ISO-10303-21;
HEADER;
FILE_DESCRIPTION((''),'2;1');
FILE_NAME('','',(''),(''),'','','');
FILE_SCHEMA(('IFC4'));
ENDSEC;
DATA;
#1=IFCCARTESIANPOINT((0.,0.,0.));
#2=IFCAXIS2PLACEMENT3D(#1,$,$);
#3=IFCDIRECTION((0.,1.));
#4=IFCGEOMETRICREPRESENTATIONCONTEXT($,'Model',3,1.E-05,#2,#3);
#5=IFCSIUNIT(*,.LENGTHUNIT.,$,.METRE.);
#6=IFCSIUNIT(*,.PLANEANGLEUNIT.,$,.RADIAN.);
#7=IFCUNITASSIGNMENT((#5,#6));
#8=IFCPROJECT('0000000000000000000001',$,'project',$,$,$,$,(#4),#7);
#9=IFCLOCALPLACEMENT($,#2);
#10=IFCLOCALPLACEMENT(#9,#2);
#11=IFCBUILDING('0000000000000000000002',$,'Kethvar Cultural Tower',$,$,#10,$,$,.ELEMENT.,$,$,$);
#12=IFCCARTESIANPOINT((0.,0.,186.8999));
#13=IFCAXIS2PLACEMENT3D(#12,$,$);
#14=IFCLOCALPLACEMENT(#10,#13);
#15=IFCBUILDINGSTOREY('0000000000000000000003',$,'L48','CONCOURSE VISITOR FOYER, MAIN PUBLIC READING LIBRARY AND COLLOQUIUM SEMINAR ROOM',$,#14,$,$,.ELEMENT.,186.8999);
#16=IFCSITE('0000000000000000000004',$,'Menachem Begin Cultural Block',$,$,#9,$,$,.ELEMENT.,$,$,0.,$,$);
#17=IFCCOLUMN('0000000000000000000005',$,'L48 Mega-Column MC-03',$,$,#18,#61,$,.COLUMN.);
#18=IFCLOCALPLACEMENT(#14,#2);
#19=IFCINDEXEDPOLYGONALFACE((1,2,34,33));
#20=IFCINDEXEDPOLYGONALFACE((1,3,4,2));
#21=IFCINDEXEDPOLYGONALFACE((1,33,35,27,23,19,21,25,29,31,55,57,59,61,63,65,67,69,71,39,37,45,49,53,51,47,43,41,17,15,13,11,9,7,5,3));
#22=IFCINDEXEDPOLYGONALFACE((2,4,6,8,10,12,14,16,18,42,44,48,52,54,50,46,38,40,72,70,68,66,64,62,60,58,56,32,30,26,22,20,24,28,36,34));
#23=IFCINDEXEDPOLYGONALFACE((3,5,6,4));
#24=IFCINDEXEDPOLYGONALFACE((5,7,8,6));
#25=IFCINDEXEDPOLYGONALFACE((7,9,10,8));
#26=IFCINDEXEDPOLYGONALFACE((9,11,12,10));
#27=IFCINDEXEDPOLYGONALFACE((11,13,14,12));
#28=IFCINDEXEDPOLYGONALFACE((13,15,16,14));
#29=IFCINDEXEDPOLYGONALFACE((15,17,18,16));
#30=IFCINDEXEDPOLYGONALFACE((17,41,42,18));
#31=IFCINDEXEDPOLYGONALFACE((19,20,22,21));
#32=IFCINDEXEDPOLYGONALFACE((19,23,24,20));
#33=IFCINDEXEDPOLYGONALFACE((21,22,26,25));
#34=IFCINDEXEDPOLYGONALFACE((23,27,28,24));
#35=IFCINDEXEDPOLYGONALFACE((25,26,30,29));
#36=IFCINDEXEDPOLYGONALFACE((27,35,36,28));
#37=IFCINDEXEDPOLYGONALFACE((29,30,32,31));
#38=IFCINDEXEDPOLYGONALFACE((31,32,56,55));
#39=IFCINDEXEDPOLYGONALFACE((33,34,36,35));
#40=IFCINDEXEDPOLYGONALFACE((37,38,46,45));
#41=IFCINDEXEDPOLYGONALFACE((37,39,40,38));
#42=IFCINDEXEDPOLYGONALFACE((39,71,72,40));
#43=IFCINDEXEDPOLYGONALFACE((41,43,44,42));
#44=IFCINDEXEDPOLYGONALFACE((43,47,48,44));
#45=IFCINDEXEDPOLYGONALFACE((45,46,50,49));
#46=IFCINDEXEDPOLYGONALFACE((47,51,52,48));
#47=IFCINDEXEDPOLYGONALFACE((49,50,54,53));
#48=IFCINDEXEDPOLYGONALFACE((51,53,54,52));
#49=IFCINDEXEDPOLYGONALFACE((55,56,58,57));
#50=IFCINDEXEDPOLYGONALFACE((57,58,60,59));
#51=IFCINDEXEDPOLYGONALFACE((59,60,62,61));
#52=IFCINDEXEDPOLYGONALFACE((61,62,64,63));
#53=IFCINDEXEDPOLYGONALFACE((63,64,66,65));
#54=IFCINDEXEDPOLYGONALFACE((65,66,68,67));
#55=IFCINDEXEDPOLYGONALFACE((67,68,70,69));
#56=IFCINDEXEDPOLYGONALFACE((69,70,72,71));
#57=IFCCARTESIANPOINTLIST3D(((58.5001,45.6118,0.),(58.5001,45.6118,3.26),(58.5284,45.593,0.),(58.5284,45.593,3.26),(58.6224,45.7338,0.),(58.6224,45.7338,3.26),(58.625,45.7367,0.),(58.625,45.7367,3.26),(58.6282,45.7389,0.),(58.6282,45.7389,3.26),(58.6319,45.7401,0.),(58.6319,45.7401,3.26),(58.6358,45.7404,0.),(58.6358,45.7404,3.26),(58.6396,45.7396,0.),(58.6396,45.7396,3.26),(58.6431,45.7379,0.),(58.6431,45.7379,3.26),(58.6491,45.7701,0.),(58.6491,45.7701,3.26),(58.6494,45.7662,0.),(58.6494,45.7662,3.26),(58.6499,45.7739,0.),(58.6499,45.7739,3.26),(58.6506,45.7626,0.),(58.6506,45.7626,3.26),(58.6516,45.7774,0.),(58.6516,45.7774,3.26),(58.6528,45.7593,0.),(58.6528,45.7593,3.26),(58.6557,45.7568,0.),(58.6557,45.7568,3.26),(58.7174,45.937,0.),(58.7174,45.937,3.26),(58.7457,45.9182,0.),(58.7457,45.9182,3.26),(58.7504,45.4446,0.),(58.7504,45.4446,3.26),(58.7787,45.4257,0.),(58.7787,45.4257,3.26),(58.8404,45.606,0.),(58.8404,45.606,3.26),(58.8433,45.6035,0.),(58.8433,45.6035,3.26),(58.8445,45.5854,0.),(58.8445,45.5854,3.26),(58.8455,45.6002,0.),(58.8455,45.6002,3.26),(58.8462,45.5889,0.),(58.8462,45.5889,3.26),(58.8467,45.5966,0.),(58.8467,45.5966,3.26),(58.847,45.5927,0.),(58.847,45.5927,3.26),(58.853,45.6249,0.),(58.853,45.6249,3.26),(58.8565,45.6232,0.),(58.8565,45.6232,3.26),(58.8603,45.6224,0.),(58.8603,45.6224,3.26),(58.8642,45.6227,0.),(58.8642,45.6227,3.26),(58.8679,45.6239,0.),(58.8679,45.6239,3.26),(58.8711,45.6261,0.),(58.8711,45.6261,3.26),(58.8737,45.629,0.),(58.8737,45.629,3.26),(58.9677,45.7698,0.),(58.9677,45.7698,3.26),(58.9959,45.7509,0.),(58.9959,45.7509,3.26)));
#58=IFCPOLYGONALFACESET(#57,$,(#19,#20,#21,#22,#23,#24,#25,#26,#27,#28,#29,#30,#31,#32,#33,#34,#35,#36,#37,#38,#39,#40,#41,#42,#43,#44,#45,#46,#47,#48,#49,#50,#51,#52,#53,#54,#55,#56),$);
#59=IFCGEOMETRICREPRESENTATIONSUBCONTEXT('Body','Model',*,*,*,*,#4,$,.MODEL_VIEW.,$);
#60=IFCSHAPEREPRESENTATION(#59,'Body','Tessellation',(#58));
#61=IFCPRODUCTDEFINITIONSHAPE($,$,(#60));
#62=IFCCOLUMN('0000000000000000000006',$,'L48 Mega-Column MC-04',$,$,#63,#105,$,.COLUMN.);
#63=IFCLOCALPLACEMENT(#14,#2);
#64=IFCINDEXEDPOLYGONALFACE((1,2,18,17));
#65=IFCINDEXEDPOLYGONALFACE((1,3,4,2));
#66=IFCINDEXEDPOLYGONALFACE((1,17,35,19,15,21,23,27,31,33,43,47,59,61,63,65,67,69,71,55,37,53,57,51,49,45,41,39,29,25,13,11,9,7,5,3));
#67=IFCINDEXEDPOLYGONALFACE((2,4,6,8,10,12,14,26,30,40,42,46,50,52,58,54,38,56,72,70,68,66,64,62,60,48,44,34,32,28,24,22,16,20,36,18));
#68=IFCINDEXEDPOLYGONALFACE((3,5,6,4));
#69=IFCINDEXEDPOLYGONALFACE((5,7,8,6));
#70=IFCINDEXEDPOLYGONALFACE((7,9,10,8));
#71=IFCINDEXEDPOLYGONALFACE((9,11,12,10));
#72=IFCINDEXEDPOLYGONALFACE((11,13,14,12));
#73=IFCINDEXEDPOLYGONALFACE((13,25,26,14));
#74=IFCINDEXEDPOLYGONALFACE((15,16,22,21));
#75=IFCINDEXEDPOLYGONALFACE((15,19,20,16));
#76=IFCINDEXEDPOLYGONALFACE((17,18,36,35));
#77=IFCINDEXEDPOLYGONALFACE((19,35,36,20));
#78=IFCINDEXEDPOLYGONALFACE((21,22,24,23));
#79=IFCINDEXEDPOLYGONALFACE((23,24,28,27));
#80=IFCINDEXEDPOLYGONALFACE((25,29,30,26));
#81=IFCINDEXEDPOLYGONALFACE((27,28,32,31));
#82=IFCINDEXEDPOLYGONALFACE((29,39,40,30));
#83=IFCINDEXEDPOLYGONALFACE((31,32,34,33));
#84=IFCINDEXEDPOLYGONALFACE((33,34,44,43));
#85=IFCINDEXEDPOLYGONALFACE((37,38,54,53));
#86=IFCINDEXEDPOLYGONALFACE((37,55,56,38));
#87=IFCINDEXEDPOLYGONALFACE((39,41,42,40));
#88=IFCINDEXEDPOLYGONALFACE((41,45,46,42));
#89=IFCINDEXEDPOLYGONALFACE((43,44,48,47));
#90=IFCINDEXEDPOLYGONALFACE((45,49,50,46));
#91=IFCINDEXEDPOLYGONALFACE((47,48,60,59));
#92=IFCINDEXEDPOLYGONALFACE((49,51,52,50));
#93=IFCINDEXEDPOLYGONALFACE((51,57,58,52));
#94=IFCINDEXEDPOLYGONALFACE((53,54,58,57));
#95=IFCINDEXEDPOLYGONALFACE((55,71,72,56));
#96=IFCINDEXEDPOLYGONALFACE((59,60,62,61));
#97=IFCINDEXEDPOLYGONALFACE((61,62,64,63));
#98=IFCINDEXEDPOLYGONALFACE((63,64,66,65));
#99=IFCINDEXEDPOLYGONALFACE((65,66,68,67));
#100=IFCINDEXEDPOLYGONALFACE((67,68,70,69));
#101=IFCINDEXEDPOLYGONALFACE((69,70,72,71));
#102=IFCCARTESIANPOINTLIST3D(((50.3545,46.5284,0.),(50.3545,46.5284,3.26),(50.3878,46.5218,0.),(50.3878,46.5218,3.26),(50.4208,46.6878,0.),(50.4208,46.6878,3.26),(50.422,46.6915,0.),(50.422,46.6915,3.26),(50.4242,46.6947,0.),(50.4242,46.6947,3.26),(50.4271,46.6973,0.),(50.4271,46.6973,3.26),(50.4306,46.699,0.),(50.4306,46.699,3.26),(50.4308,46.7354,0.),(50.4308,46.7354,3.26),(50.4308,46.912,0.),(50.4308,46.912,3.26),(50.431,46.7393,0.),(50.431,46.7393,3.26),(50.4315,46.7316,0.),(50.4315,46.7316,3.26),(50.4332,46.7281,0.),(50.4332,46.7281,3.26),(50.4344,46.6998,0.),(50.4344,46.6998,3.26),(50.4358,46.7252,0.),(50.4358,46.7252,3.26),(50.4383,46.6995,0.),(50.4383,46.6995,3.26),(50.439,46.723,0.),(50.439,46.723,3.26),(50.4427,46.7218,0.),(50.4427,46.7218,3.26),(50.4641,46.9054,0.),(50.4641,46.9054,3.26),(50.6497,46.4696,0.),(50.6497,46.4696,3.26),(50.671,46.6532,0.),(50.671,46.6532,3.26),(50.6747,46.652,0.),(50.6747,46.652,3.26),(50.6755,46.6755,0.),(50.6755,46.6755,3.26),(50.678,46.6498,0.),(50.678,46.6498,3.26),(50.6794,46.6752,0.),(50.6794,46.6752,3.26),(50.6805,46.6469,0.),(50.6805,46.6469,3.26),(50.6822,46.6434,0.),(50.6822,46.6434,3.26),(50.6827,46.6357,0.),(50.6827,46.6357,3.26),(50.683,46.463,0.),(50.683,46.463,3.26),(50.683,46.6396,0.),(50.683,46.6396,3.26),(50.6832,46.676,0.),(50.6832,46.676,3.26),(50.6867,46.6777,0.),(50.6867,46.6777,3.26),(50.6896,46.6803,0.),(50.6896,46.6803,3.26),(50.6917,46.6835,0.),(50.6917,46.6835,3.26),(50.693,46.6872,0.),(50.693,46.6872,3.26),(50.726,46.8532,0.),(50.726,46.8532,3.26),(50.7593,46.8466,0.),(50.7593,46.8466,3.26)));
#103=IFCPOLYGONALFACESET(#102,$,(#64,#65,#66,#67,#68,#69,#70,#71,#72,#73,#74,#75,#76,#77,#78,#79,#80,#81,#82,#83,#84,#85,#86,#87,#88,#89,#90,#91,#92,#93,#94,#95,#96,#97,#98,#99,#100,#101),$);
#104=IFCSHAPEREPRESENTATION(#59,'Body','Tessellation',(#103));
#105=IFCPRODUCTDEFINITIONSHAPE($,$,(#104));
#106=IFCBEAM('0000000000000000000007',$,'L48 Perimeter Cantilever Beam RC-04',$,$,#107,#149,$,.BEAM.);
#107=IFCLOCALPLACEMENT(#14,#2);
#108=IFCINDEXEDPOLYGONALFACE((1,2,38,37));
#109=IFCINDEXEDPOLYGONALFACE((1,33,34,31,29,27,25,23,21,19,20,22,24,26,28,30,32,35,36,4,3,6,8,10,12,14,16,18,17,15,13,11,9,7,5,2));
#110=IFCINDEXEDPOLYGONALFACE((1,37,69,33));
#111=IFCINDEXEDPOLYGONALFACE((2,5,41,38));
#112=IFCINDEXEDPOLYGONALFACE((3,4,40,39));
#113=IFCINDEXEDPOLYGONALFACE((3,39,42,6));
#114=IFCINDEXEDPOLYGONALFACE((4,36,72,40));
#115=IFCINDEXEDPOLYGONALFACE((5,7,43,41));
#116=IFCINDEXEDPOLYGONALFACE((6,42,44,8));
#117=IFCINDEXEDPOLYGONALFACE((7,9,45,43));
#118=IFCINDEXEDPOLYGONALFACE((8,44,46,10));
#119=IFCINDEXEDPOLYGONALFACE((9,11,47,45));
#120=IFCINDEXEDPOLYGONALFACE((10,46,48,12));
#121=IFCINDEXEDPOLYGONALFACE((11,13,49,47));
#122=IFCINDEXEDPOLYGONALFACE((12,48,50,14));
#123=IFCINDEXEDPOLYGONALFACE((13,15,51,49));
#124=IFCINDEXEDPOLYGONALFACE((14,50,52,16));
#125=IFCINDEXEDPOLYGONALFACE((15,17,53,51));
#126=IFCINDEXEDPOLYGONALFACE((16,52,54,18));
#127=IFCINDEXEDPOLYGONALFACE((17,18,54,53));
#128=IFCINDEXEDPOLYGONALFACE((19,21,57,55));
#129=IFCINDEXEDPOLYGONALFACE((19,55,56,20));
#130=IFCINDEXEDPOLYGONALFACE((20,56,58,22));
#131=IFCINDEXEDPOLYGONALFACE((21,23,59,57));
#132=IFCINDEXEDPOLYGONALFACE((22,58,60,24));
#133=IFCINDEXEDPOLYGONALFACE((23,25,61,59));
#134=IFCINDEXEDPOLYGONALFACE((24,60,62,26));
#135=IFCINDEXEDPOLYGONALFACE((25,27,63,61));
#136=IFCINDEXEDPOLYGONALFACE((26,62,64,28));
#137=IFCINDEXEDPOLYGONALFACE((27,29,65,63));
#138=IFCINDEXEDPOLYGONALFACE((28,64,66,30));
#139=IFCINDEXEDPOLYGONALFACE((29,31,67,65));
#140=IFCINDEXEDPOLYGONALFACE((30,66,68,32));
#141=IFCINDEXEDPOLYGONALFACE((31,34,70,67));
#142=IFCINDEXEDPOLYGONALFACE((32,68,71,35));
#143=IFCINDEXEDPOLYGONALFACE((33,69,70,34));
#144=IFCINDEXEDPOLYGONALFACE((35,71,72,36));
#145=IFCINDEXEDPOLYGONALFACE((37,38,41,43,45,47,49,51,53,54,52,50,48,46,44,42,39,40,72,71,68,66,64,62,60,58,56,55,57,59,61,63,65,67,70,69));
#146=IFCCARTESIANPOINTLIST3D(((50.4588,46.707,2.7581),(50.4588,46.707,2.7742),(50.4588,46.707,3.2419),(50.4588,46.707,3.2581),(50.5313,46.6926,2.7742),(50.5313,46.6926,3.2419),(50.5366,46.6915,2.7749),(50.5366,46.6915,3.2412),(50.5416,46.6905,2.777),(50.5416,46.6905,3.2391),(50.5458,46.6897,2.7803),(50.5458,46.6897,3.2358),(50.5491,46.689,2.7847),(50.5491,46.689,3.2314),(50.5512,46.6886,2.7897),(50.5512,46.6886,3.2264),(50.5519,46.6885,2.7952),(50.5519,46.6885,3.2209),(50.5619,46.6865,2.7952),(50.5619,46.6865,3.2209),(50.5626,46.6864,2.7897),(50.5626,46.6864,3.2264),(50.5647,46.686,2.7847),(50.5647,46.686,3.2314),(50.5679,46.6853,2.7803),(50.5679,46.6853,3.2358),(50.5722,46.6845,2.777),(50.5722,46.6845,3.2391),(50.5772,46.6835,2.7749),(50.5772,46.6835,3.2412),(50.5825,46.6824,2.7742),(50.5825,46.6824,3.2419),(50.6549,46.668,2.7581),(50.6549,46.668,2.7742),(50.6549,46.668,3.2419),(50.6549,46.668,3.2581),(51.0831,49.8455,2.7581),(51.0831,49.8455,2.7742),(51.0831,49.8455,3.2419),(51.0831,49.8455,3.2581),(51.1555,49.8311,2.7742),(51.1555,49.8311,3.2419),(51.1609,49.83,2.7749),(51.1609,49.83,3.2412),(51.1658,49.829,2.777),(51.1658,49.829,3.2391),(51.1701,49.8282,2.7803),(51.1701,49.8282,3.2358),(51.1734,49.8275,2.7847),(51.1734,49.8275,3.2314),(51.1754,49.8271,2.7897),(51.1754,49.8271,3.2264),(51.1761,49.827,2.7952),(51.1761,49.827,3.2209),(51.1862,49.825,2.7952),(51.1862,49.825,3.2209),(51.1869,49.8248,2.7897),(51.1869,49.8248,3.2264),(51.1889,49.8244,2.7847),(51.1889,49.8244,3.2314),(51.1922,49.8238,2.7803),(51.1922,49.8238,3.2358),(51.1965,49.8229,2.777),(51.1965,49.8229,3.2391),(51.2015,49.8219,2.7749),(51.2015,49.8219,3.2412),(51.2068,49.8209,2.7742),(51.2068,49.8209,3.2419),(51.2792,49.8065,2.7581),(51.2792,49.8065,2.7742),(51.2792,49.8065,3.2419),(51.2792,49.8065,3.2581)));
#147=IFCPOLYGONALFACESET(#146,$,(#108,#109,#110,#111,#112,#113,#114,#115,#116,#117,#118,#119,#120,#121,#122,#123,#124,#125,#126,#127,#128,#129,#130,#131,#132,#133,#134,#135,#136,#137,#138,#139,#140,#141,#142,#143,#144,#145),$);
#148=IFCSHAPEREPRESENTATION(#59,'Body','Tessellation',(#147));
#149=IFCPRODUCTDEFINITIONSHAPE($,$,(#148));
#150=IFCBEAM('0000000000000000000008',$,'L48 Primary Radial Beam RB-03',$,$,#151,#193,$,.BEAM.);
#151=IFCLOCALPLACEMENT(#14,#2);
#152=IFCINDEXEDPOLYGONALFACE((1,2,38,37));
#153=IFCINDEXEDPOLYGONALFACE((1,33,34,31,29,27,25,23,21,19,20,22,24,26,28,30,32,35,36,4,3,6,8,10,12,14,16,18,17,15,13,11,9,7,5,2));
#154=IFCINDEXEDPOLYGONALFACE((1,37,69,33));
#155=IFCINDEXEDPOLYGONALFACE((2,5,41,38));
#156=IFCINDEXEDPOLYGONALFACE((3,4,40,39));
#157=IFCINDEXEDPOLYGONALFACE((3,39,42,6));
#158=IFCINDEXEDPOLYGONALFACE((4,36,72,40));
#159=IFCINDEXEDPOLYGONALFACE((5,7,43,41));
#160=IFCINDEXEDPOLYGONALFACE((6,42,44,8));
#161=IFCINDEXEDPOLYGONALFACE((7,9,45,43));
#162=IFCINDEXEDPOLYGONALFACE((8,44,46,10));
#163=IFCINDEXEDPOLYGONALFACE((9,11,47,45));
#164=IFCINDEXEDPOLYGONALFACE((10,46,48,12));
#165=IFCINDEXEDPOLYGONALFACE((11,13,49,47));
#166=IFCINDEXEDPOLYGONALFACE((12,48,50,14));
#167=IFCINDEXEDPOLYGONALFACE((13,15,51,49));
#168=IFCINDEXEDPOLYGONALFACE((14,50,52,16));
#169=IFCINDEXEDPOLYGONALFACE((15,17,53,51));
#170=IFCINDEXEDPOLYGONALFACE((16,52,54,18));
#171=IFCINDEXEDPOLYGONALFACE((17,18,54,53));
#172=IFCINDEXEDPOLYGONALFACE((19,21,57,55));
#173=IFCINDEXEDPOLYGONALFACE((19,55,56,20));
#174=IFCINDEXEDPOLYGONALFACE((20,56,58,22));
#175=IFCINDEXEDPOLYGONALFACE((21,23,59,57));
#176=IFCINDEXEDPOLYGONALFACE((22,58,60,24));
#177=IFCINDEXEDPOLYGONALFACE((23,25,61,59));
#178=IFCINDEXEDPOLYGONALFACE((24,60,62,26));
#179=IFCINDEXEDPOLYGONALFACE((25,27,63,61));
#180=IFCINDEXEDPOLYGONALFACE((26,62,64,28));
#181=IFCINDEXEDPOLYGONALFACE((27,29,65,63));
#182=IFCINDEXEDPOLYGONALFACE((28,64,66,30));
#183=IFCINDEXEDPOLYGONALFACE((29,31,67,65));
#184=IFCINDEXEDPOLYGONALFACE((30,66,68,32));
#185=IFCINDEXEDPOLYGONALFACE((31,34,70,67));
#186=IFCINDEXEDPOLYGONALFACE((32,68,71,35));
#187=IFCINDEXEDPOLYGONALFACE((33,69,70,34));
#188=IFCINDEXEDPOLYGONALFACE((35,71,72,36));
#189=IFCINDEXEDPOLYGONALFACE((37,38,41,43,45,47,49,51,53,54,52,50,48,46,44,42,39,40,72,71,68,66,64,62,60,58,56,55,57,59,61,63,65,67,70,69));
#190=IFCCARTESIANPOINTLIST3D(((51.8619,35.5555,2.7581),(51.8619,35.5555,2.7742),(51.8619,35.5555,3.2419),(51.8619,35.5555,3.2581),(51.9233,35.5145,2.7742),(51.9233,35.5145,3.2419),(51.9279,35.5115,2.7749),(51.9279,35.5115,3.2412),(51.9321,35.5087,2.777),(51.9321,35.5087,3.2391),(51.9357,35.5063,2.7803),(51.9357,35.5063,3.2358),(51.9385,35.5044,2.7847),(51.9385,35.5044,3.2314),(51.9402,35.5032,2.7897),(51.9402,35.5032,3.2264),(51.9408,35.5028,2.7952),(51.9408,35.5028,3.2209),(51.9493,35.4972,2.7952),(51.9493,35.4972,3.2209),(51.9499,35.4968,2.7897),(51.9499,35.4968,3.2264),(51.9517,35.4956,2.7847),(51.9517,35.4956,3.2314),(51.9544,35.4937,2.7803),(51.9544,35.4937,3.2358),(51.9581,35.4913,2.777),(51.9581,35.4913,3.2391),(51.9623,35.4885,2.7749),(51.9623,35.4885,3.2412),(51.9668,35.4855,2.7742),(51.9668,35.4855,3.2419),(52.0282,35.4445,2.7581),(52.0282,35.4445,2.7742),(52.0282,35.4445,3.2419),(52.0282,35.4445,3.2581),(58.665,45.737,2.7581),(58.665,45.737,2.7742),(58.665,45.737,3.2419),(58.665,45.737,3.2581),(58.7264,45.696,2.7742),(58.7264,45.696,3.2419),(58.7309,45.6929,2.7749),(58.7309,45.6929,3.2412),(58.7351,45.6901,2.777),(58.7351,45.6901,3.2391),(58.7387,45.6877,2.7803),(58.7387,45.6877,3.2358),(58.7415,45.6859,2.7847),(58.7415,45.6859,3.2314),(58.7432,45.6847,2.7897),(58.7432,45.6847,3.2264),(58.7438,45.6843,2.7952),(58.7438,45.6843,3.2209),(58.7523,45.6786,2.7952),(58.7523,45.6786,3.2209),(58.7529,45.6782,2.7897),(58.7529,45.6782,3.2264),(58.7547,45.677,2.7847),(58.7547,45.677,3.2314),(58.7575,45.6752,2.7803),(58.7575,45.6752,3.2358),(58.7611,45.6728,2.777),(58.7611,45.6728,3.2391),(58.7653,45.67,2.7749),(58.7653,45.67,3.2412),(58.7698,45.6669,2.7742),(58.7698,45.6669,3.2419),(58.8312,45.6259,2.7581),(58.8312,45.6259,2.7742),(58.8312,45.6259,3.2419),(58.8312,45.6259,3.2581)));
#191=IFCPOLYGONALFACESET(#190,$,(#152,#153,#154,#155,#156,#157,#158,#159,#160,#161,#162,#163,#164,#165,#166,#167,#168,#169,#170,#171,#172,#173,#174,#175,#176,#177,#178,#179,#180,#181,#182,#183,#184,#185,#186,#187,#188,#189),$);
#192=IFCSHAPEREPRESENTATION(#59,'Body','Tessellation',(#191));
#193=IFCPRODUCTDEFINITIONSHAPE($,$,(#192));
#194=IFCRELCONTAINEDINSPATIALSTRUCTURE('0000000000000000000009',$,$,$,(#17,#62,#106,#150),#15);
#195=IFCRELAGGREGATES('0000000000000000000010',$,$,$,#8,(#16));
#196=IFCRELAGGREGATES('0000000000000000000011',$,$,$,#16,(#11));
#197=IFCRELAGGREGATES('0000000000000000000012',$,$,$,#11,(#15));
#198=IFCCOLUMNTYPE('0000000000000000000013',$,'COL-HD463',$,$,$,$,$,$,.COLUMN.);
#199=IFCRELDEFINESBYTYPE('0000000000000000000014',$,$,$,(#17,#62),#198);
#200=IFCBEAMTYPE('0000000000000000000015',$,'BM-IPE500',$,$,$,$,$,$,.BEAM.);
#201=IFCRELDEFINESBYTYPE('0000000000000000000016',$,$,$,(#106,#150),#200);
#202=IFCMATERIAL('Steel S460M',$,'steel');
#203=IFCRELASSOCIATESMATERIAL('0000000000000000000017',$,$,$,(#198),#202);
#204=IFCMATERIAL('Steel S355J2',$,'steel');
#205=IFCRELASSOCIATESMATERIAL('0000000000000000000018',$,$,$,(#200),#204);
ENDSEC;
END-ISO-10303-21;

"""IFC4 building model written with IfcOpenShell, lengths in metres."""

from ifc_helpers import new_model, si_unit, direction, frame, origin, origin_2d, place, context, subcontext, project, spatial, i_section, extrude, source, transform, mapped, material, material_profile, profile_set, type_object, element, save


model = new_model("IFC4")

# Units and contexts
model_context = context("Model", 3, precision=1e-05, world=origin(), true_north=direction((0.0, 1.0)))
body_context = subcontext(model_context, "Body", "Model", "MODEL_VIEW")
ifc_project = project(units=[si_unit("LENGTHUNIT", "METRE"), si_unit("PLANEANGLEUNIT", "RADIAN")], contexts=[model_context])

# Site, building, storey
site_placement = place(None, origin())
site = spatial("IfcSite", under=ifc_project, at=site_placement, Name="Menachem Begin Cultural Block", CompositionType="ELEMENT", RefElevation=0.0)
building_placement = place(site_placement, origin())
building = spatial("IfcBuilding", under=site, at=building_placement, Name="Kethvar Cultural Tower", CompositionType="ELEMENT")
storey_placement = place(building_placement, frame((0.0, 0.0, 186.8999)))
storey = spatial("IfcBuildingStorey", under=building, at=storey_placement, Name="L48", Description="CONCOURSE VISITOR FOYER, MAIN PUBLIC READING LIBRARY AND COLLOQUIUM SEMINAR ROOM", CompositionType="ELEMENT", Elevation=186.8999)

# Columns
ifc_material_1 = material(Name="Steel S460M", Category="steel")
ifc_material_profile_1 = material_profile(ifc_material_1, i_section(OverallWidth=0.3911, OverallDepth=0.335, WebThickness=0.0227, FlangeThickness=0.0339, FilletRadius=0.0149, at=origin_2d()), Name="Steel S460M — HD400x463")
ifc_profile_set_1 = profile_set([ifc_material_profile_1], Name="Steel S460M — HD400x463")
column_type = type_object("IfcColumnType", Name="COL-HD463", PredefinedType="COLUMN", material=ifc_profile_set_1)
shared_shape_1 = source(origin(), body_context, "Body", "SweptSolid", [
    extrude(i_section(OverallWidth=0.3911, OverallDepth=0.335, WebThickness=0.0227, FlangeThickness=0.0339, FilletRadius=0.0149, at=origin_2d()), origin(), (0.0, 0.0, 1.0), 3.26),
])
for number, where, z_axis, x_axis, name in (
    (1, (58.748, 45.6814, 0.0), (0.0, 0.0, 1.0), (0.55557, 0.83147, 0.0), "L48 Mega-Column MC-03"),
    (2, (50.5569, 46.6875, 0.0), (0.0, 0.0, 1.0), (0.19509, 0.980785, 0.0), "L48 Mega-Column MC-04"),
):
    element("IfcColumn", number, at=place(storey_placement, frame(where, z_axis=z_axis, x_axis=x_axis)), inside=storey, type_object=column_type, Name=name, PredefinedType="COLUMN", context=body_context, shape_type="MappedRepresentation", body=[
        mapped(shared_shape_1, transform((0.0, 0.0, 0.0), scale=1.0)),
    ])

# Beams
ifc_material_2 = material(Name="Steel S355J2", Category="steel")
ifc_material_profile_2 = material_profile(ifc_material_2, i_section(OverallWidth=0.2, OverallDepth=0.5, WebThickness=0.0103, FlangeThickness=0.0161, FilletRadius=0.021, at=origin_2d()), Name="Steel S355J2 — IPE500")
ifc_profile_set_2 = profile_set([ifc_material_profile_2], Name="Steel S355J2 — IPE500")
beam_type_1 = type_object("IfcBeamType", Name="BM-IPE500", PredefinedType="BEAM", material=ifc_profile_set_2)
shared_shape_2 = source(origin(), body_context, "Body", "SweptSolid", [
    extrude(i_section(OverallWidth=0.2, OverallDepth=0.5, WebThickness=0.0103, FlangeThickness=0.0161, FilletRadius=0.021, at=origin_2d()), origin(), (0.0, 0.0, 1.0), 3.2),
])
beam_1_placement = place(storey_placement, frame((50.5569, 46.6875, 3.0081), z_axis=(0.195089, 0.980786, 0.0), x_axis=(-0.980786, 0.195089, 0.0)))
element("IfcBeam", 3, at=beam_1_placement, inside=storey, type_object=beam_type_1, Name="L48 Perimeter Cantilever Beam RC-04", PredefinedType="BEAM", context=body_context, shape_type="MappedRepresentation", body=[
    mapped(shared_shape_2, transform((0.0, 0.0, 0.0), scale=1.0)),
])
shared_shape_3 = source(origin(), body_context, "Body", "SweptSolid", [
    extrude(i_section(OverallWidth=0.2, OverallDepth=0.5, WebThickness=0.0103, FlangeThickness=0.0161, FilletRadius=0.021, at=origin_2d()), origin(), (0.0, 0.0, 1.0), 12.2451),
])
beam_2_placement = place(storey_placement, frame((51.9451, 35.5, 3.0081), z_axis=(0.555569, 0.83147, 0.0), x_axis=(-0.83147, 0.555569, 0.0)))
element("IfcBeam", 4, at=beam_2_placement, inside=storey, type_object=beam_type_1, Name="L48 Primary Radial Beam RB-03", PredefinedType="BEAM", context=body_context, shape_type="MappedRepresentation", body=[
    mapped(shared_shape_3, transform((0.0, 0.0, 0.0), scale=1.0)),
])

save(model, "model.ifc")
